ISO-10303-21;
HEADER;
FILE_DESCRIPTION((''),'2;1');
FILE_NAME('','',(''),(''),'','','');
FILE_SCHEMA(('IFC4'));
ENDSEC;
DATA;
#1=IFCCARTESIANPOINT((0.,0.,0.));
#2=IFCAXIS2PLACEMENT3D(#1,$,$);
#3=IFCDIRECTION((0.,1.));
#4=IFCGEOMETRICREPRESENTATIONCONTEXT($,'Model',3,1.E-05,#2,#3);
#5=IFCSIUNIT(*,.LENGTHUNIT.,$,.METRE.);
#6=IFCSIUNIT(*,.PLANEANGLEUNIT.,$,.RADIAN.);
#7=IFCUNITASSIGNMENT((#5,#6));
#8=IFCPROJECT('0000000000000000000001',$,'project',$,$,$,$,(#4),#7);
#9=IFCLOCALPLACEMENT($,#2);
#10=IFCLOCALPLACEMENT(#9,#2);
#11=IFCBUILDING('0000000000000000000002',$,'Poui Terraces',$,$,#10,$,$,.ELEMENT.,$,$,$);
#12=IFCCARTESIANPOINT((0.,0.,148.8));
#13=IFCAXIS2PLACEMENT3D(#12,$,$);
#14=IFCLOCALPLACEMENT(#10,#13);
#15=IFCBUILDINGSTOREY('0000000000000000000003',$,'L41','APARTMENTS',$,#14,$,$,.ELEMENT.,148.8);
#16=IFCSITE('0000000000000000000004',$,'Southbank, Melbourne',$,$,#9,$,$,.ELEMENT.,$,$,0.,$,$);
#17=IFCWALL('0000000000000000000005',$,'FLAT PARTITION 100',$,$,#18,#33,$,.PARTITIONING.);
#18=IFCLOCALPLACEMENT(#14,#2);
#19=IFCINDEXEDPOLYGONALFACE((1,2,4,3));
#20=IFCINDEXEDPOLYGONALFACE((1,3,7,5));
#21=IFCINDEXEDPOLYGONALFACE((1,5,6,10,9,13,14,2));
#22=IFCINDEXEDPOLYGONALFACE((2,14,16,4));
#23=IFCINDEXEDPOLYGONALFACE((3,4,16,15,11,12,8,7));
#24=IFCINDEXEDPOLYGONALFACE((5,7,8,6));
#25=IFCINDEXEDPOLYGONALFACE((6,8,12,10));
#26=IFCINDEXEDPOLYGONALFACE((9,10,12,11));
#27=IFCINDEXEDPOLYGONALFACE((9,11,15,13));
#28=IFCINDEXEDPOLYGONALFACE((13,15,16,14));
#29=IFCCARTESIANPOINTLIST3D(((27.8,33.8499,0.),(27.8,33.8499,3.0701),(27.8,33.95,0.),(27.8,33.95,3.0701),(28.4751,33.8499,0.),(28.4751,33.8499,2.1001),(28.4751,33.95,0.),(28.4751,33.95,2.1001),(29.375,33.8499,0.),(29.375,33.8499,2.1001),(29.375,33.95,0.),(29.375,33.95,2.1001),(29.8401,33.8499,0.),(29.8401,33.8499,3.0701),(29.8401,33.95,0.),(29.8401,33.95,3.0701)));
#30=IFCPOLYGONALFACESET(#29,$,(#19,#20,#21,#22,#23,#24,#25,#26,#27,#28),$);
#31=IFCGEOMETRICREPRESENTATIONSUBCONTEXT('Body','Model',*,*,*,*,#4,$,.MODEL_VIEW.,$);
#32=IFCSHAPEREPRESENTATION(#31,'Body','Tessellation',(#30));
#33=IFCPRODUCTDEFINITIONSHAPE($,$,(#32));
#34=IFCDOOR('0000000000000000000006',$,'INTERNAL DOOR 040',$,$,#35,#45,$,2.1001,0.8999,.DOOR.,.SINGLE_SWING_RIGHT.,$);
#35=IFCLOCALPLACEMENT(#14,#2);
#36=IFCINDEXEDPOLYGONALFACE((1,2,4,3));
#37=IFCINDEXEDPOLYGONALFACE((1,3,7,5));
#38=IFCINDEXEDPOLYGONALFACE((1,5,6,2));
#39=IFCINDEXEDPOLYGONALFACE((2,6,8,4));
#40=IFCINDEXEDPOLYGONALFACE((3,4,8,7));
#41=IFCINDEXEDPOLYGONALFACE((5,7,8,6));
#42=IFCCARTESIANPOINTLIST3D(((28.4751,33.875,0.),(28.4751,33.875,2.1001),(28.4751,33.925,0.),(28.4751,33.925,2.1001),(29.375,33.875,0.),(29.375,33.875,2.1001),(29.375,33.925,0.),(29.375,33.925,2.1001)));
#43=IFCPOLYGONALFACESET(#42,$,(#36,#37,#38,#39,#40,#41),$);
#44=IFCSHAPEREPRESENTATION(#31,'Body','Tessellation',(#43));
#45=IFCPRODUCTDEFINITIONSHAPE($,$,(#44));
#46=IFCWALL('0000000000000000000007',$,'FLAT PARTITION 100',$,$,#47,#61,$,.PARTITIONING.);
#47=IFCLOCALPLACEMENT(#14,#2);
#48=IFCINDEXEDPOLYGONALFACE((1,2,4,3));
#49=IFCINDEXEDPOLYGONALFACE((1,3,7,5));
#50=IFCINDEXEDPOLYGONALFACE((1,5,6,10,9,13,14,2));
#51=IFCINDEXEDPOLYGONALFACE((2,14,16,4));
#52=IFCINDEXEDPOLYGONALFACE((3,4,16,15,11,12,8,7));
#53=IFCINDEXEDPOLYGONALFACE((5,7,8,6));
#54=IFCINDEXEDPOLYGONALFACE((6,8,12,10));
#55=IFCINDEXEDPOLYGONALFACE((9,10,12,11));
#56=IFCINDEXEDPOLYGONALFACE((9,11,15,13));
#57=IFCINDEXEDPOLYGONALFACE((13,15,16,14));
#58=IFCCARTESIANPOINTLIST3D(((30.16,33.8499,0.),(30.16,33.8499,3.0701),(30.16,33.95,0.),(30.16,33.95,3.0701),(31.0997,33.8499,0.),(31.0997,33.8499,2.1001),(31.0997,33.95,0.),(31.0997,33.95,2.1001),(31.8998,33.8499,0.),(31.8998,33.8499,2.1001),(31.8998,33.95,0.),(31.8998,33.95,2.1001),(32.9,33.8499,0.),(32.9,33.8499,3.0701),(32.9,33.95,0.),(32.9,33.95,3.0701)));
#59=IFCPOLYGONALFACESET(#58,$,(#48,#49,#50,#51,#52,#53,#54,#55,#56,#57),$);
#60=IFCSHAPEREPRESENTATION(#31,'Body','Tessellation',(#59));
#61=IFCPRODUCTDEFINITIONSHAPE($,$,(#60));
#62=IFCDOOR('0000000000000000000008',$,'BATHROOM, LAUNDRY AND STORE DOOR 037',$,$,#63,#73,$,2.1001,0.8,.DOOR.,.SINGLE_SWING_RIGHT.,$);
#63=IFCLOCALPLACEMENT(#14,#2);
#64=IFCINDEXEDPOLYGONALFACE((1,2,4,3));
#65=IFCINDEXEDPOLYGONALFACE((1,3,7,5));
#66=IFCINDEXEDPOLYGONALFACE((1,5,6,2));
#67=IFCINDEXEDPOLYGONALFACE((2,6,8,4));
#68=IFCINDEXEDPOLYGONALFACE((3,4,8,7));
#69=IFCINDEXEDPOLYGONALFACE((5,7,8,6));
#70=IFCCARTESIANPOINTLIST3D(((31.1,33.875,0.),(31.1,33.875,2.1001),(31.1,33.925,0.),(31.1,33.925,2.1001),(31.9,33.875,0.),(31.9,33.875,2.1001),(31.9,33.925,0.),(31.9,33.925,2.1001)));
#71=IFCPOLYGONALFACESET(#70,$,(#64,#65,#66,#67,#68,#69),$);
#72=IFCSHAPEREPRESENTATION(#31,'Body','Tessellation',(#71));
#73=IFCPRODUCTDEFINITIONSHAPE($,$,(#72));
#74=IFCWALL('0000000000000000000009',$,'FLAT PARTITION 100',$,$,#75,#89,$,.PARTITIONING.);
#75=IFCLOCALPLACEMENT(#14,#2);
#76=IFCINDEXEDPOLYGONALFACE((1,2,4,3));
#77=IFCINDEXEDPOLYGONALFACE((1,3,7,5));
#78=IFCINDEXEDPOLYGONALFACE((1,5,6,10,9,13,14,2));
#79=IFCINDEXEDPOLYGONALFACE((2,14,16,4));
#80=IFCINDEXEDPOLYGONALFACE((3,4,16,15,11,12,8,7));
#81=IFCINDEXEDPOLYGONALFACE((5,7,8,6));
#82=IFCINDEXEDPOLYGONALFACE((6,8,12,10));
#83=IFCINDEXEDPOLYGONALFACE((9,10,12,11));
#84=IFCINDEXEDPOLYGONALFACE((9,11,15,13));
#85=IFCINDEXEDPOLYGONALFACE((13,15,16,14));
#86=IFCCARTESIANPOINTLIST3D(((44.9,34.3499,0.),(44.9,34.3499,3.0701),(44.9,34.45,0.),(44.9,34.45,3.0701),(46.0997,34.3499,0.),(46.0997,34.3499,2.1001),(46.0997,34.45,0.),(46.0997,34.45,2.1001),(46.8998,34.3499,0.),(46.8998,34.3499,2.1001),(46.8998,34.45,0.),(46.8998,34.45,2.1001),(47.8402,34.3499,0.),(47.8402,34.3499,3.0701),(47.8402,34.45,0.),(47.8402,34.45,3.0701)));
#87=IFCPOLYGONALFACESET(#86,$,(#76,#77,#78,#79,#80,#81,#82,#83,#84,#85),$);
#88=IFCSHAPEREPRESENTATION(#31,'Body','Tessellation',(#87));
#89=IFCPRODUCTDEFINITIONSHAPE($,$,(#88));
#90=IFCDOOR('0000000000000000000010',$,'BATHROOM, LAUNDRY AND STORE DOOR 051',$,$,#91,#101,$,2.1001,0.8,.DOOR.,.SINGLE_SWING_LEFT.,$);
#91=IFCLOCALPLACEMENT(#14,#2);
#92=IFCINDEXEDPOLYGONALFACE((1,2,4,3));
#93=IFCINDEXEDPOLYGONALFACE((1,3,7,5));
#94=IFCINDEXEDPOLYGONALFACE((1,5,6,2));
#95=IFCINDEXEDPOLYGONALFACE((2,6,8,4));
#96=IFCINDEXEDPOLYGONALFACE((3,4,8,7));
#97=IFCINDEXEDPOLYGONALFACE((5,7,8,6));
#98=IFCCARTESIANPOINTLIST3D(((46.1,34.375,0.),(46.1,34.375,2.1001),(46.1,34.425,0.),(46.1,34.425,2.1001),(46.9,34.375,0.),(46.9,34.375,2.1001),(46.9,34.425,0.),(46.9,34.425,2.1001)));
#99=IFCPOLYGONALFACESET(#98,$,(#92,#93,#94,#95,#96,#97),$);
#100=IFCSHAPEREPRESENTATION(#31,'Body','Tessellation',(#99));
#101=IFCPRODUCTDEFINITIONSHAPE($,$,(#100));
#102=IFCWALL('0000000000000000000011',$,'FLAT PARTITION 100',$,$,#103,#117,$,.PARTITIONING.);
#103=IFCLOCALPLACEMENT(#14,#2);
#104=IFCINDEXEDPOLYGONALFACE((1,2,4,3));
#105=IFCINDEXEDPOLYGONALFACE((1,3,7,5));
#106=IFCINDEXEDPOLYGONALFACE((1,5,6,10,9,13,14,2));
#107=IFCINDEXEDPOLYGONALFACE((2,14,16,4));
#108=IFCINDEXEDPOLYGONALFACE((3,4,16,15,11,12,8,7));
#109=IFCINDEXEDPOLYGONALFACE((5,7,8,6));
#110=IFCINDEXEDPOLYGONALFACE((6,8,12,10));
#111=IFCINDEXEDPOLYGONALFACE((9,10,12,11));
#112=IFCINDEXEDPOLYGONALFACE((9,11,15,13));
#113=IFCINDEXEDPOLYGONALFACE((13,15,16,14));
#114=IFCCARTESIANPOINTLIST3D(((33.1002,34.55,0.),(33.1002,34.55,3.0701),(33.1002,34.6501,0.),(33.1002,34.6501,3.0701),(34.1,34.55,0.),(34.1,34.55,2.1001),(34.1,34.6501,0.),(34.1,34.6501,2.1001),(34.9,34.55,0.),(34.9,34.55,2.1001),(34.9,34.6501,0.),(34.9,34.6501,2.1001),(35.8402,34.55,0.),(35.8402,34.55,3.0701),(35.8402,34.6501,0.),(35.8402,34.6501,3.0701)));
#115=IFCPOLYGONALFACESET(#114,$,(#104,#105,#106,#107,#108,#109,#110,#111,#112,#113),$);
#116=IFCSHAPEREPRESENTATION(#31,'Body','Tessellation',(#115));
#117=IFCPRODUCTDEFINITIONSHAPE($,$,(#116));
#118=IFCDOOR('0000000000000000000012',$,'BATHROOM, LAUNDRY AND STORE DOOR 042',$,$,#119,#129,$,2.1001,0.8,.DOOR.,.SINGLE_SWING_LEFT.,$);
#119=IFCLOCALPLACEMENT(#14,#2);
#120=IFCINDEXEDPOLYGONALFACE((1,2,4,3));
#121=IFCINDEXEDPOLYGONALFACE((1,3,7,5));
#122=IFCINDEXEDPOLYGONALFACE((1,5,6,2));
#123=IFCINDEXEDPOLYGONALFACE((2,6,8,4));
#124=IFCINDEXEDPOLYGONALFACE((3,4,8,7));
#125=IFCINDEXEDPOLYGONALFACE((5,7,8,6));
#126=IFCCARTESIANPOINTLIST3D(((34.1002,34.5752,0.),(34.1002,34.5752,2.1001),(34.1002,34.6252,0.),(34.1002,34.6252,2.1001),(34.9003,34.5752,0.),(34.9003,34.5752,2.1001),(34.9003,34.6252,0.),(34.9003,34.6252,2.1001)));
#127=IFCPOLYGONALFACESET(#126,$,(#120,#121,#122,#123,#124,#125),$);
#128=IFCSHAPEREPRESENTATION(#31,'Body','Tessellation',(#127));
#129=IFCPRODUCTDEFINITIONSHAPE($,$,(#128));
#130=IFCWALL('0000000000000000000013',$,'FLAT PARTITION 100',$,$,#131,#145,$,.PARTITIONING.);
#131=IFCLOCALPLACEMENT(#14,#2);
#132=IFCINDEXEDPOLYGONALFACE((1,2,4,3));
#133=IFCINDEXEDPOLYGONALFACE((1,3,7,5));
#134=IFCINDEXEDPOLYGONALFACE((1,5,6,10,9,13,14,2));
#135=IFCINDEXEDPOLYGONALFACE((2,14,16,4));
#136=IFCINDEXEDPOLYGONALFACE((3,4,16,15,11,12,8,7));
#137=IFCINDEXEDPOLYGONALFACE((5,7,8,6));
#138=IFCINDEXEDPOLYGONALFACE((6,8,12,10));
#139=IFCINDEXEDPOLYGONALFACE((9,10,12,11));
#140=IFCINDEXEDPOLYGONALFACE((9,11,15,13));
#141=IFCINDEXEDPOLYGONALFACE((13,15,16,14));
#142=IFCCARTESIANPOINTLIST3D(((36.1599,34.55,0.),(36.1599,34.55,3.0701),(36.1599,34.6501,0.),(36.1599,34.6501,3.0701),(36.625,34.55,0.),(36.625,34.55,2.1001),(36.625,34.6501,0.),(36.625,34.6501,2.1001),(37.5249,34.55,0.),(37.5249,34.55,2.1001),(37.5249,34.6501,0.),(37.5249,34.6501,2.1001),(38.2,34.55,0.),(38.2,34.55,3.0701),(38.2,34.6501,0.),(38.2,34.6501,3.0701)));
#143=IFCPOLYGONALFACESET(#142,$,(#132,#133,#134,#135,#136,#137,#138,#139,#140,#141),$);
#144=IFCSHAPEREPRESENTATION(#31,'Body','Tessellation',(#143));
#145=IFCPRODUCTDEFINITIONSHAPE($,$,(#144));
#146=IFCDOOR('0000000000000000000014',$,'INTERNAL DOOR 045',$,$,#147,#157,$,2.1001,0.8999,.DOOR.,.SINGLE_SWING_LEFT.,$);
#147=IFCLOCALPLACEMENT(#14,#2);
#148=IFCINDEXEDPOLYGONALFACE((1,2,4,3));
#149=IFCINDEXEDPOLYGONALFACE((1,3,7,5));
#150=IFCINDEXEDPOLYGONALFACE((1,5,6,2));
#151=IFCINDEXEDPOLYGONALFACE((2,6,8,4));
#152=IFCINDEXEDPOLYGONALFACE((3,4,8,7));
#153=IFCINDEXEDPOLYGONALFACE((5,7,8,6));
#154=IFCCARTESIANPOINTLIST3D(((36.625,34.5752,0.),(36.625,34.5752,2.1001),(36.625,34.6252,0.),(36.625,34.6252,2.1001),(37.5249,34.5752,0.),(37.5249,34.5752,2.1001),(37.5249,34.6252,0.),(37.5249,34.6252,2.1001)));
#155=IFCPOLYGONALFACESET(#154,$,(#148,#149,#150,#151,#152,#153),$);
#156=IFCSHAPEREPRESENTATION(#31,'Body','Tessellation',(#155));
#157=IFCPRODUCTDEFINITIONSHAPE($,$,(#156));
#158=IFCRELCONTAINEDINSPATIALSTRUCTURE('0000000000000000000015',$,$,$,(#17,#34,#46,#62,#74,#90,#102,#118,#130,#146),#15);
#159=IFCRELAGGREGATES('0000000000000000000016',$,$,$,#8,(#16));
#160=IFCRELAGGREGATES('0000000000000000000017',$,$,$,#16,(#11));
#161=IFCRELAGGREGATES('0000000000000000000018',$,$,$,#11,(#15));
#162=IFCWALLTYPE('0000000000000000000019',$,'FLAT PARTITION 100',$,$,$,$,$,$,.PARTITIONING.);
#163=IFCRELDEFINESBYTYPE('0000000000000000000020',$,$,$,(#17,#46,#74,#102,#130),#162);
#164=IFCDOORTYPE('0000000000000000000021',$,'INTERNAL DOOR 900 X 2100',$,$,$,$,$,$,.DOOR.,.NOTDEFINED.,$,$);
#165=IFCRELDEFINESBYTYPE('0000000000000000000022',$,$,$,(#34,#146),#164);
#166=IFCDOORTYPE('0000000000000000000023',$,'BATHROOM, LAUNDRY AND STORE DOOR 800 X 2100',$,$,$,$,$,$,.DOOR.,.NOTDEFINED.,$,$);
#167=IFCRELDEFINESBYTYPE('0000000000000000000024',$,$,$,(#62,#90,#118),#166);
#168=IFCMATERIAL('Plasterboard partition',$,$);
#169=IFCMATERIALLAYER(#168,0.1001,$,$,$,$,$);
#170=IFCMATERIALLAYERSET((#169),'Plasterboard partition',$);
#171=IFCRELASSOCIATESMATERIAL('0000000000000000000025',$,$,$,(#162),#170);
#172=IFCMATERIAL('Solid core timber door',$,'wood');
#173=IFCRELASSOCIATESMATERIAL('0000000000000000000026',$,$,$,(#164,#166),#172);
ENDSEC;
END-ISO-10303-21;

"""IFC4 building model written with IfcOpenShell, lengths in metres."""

from ifc_helpers import new_model, si_unit, direction, frame, frame_2d, origin, place, context, subcontext, project, spatial, rectangle, extrude, material, layer, layer_set, type_object, element, fill, save


model = new_model("IFC4")

# Units and contexts
model_context = context("Model", 3, precision=1e-05, world=origin(), true_north=direction((0.0, 1.0)))
body_context = subcontext(model_context, "Body", "Model", "MODEL_VIEW")
ifc_project = project(units=[si_unit("LENGTHUNIT", "METRE"), si_unit("PLANEANGLEUNIT", "RADIAN")], contexts=[model_context])

# Site, building, storey
site_placement = place(None, origin())
site = spatial("IfcSite", under=ifc_project, at=site_placement, Name="Southbank, Melbourne", CompositionType="ELEMENT", RefElevation=0.0)
building_placement = place(site_placement, origin())
building = spatial("IfcBuilding", under=site, at=building_placement, Name="Poui Terraces", CompositionType="ELEMENT")
storey_placement = place(building_placement, frame((0.0, 0.0, 148.8)))
storey = spatial("IfcBuildingStorey", under=building, at=storey_placement, Name="L41", Description="APARTMENTS", CompositionType="ELEMENT", Elevation=148.8)

# Walls, openings, doors
ifc_material_1 = material(Name="Plasterboard partition")
ifc_layer_1 = layer(ifc_material_1, 0.1001)
ifc_layer_set_1 = layer_set([ifc_layer_1], Name="Plasterboard partition")
wall_type_1 = type_object("IfcWallType", Name="FLAT PARTITION 100", PredefinedType="PARTITIONING", material=ifc_layer_set_1)
wall_1_placement = place(storey_placement, frame((27.8, 33.8999, 0.0), z_axis=(0.0, 0.0, 1.0), x_axis=(1.0, 0.0, 0.0)))
wall_1 = element("IfcWall", 1, at=wall_1_placement, inside=storey, type_object=wall_type_1, Name="FLAT PARTITION 100", PredefinedType="PARTITIONING", context=body_context, shape_type="SweptSolid", body=[
    extrude(rectangle(XDim=2.04, YDim=0.1001, at=frame_2d((1.02, 0.0))), origin(), (0.0, 0.0, 1.0), 3.0701),
])
opening_1_placement = place(wall_1_placement, frame((0.675, 0.0, 0.0)))
opening_1 = element("IfcOpeningElement", 2, at=opening_1_placement, cuts=wall_1, PredefinedType="OPENING", context=body_context, shape_type="SweptSolid", body=[
    extrude(rectangle(XDim=0.8999, YDim=2.1001, at=frame_2d((0.45, 1.05))), frame((0.0, 0.0601, 0.0), z_axis=(0.0, -1.0, 0.0), x_axis=(1.0, 0.0, 0.0)), (0.0, 0.0, 1.0), 0.1201),
])
ifc_material_2 = material(Name="Solid core timber door", Category="wood")
door_type_1 = type_object("IfcDoorType", Name="INTERNAL DOOR 900 X 2100", OperationType="NOTDEFINED", PredefinedType="DOOR", material=ifc_material_2)
door_1_placement = place(opening_1_placement, frame((0.8999, 0.0, 0.0), z_axis=(0.0, 0.0, 1.0), x_axis=(-1.0, 0.0, 0.0)))
door_1 = element("IfcDoor", 3, at=door_1_placement, inside=storey, type_object=door_type_1, Name="INTERNAL DOOR 040", OperationType="SINGLE_SWING_RIGHT", OverallHeight=2.1001, OverallWidth=0.8999, PredefinedType="DOOR", context=body_context, shape_type="SweptSolid", body=[
    extrude(rectangle(XDim=0.8999, YDim=2.1001, at=frame_2d((0.45, 1.05))), frame((0.0, 0.0249, 0.0), z_axis=(0.0, -1.0, 0.0), x_axis=(1.0, 0.0, 0.0)), (0.0, 0.0, 1.0), 0.05),
])
fill(opening_1, door_1)
wall_2_placement = place(storey_placement, frame((30.1599, 33.8999, 0.0), z_axis=(0.0, 0.0, 1.0), x_axis=(1.0, 0.0, 0.0)))
wall_2 = element("IfcWall", 4, at=wall_2_placement, inside=storey, type_object=wall_type_1, Name="FLAT PARTITION 100", PredefinedType="PARTITIONING", context=body_context, shape_type="SweptSolid", body=[
    extrude(rectangle(XDim=2.74, YDim=0.1001, at=frame_2d((1.3701, 0.0))), origin(), (0.0, 0.0, 1.0), 3.0701),
])
opening_2_placement = place(wall_2_placement, frame((0.9399, 0.0, 0.0)))
opening_2 = element("IfcOpeningElement", 5, at=opening_2_placement, cuts=wall_2, PredefinedType="OPENING", context=body_context, shape_type="SweptSolid", body=[
    extrude(rectangle(XDim=0.8, YDim=2.1001, at=frame_2d((0.3999, 1.05))), frame((0.0, 0.0601, 0.0), z_axis=(0.0, -1.0, 0.0), x_axis=(1.0, 0.0, 0.0)), (0.0, 0.0, 1.0), 0.1201),
])
door_type_2 = type_object("IfcDoorType", Name="BATHROOM, LAUNDRY AND STORE DOOR 800 X 2100", OperationType="NOTDEFINED", PredefinedType="DOOR", material=ifc_material_2)
door_2_placement = place(opening_2_placement, frame((0.8, 0.0, 0.0), z_axis=(0.0, 0.0, 1.0), x_axis=(-1.0, 0.0, 0.0)))
door_2 = element("IfcDoor", 6, at=door_2_placement, inside=storey, type_object=door_type_2, Name="BATHROOM, LAUNDRY AND STORE DOOR 037", OperationType="SINGLE_SWING_RIGHT", OverallHeight=2.1001, OverallWidth=0.8, PredefinedType="DOOR", context=body_context, shape_type="SweptSolid", body=[
    extrude(rectangle(XDim=0.8, YDim=2.1001, at=frame_2d((0.3999, 1.05))), frame((0.0, 0.0249, 0.0), z_axis=(0.0, -1.0, 0.0), x_axis=(1.0, 0.0, 0.0)), (0.0, 0.0, 1.0), 0.05),
])
fill(opening_2, door_2)
wall_3_placement = place(storey_placement, frame((44.8999, 34.3999, 0.0), z_axis=(0.0, 0.0, 1.0), x_axis=(1.0, 0.0, 0.0)))
wall_3 = element("IfcWall", 7, at=wall_3_placement, inside=storey, type_object=wall_type_1, Name="FLAT PARTITION 100", PredefinedType="PARTITIONING", context=body_context, shape_type="SweptSolid", body=[
    extrude(rectangle(XDim=2.9402, YDim=0.1001, at=frame_2d((1.4702, 0.0))), origin(), (0.0, 0.0, 1.0), 3.0701),
])
opening_3_placement = place(wall_3_placement, frame((1.2, 0.0, 0.0)))
opening_3 = element("IfcOpeningElement", 8, at=opening_3_placement, cuts=wall_3, PredefinedType="OPENING", context=body_context, shape_type="SweptSolid", body=[
    extrude(rectangle(XDim=0.8, YDim=2.1001, at=frame_2d((0.3999, 1.05))), frame((0.0, 0.0601, 0.0), z_axis=(0.0, -1.0, 0.0), x_axis=(1.0, 0.0, 0.0)), (0.0, 0.0, 1.0), 0.1201),
])
door_3_placement = place(opening_3_placement, frame((0.8, 0.0, 0.0), z_axis=(0.0, 0.0, 1.0), x_axis=(-1.0, 0.0, 0.0)))
door_3 = element("IfcDoor", 9, at=door_3_placement, inside=storey, type_object=door_type_2, Name="BATHROOM, LAUNDRY AND STORE DOOR 051", OperationType="SINGLE_SWING_LEFT", OverallHeight=2.1001, OverallWidth=0.8, PredefinedType="DOOR", context=body_context, shape_type="SweptSolid", body=[
    extrude(rectangle(XDim=0.8, YDim=2.1001, at=frame_2d((0.3999, 1.05))), frame((0.0, 0.0249, 0.0), z_axis=(0.0, -1.0, 0.0), x_axis=(1.0, 0.0, 0.0)), (0.0, 0.0, 1.0), 0.05),
])
fill(opening_3, door_3)
wall_4_placement = place(storey_placement, frame((33.1001, 34.6001, 0.0), z_axis=(0.0, 0.0, 1.0), x_axis=(1.0, 0.0, 0.0)))
wall_4 = element("IfcWall", 10, at=wall_4_placement, inside=storey, type_object=wall_type_1, Name="FLAT PARTITION 100", PredefinedType="PARTITIONING", context=body_context, shape_type="SweptSolid", body=[
    extrude(rectangle(XDim=2.74, YDim=0.1001, at=frame_2d((1.3701, 0.0))), origin(), (0.0, 0.0, 1.0), 3.0701),
])
opening_4_placement = place(wall_4_placement, frame((1.0, 0.0, 0.0)))
opening_4 = element("IfcOpeningElement", 11, at=opening_4_placement, cuts=wall_4, PredefinedType="OPENING", context=body_context, shape_type="SweptSolid", body=[
    extrude(rectangle(XDim=0.8, YDim=2.1001, at=frame_2d((0.3999, 1.05))), frame((0.0, 0.0601, 0.0), z_axis=(0.0, -1.0, 0.0), x_axis=(1.0, 0.0, 0.0)), (0.0, 0.0, 1.0), 0.1201),
])
door_4_placement = place(opening_4_placement, frame((0.8, 0.0, 0.0), z_axis=(0.0, 0.0, 1.0), x_axis=(-1.0, 0.0, 0.0)))
door_4 = element("IfcDoor", 12, at=door_4_placement, inside=storey, type_object=door_type_2, Name="BATHROOM, LAUNDRY AND STORE DOOR 042", OperationType="SINGLE_SWING_LEFT", OverallHeight=2.1001, OverallWidth=0.8, PredefinedType="DOOR", context=body_context, shape_type="SweptSolid", body=[
    extrude(rectangle(XDim=0.8, YDim=2.1001, at=frame_2d((0.3999, 1.05))), frame((0.0, 0.0249, 0.0), z_axis=(0.0, -1.0, 0.0), x_axis=(1.0, 0.0, 0.0)), (0.0, 0.0, 1.0), 0.05),
])
fill(opening_4, door_4)
wall_5_placement = place(storey_placement, frame((36.1599, 34.6001, 0.0), z_axis=(0.0, 0.0, 1.0), x_axis=(1.0, 0.0, 0.0)))
wall_5 = element("IfcWall", 13, at=wall_5_placement, inside=storey, type_object=wall_type_1, Name="FLAT PARTITION 100", PredefinedType="PARTITIONING", context=body_context, shape_type="SweptSolid", body=[
    extrude(rectangle(XDim=2.04, YDim=0.1001, at=frame_2d((1.02, 0.0))), origin(), (0.0, 0.0, 1.0), 3.0701),
])
opening_5_placement = place(wall_5_placement, frame((0.4651, 0.0, 0.0)))
opening_5 = element("IfcOpeningElement", 14, at=opening_5_placement, cuts=wall_5, PredefinedType="OPENING", context=body_context, shape_type="SweptSolid", body=[
    extrude(rectangle(XDim=0.8999, YDim=2.1001, at=frame_2d((0.45, 1.05))), frame((0.0, 0.0601, 0.0), z_axis=(0.0, -1.0, 0.0), x_axis=(1.0, 0.0, 0.0)), (0.0, 0.0, 1.0), 0.1201),
])
door_5_placement = place(opening_5_placement, frame((0.8999, 0.0, 0.0), z_axis=(0.0, 0.0, 1.0), x_axis=(-1.0, 0.0, 0.0)))
door_5 = element("IfcDoor", 15, at=door_5_placement, inside=storey, type_object=door_type_1, Name="INTERNAL DOOR 045", OperationType="SINGLE_SWING_LEFT", OverallHeight=2.1001, OverallWidth=0.8999, PredefinedType="DOOR", context=body_context, shape_type="SweptSolid", body=[
    extrude(rectangle(XDim=0.8999, YDim=2.1001, at=frame_2d((0.45, 1.05))), frame((0.0, 0.0249, 0.0), z_axis=(0.0, -1.0, 0.0), x_axis=(1.0, 0.0, 0.0)), (0.0, 0.0, 1.0), 0.05),
])
fill(opening_5, door_5)

save(model, "model.ifc")
